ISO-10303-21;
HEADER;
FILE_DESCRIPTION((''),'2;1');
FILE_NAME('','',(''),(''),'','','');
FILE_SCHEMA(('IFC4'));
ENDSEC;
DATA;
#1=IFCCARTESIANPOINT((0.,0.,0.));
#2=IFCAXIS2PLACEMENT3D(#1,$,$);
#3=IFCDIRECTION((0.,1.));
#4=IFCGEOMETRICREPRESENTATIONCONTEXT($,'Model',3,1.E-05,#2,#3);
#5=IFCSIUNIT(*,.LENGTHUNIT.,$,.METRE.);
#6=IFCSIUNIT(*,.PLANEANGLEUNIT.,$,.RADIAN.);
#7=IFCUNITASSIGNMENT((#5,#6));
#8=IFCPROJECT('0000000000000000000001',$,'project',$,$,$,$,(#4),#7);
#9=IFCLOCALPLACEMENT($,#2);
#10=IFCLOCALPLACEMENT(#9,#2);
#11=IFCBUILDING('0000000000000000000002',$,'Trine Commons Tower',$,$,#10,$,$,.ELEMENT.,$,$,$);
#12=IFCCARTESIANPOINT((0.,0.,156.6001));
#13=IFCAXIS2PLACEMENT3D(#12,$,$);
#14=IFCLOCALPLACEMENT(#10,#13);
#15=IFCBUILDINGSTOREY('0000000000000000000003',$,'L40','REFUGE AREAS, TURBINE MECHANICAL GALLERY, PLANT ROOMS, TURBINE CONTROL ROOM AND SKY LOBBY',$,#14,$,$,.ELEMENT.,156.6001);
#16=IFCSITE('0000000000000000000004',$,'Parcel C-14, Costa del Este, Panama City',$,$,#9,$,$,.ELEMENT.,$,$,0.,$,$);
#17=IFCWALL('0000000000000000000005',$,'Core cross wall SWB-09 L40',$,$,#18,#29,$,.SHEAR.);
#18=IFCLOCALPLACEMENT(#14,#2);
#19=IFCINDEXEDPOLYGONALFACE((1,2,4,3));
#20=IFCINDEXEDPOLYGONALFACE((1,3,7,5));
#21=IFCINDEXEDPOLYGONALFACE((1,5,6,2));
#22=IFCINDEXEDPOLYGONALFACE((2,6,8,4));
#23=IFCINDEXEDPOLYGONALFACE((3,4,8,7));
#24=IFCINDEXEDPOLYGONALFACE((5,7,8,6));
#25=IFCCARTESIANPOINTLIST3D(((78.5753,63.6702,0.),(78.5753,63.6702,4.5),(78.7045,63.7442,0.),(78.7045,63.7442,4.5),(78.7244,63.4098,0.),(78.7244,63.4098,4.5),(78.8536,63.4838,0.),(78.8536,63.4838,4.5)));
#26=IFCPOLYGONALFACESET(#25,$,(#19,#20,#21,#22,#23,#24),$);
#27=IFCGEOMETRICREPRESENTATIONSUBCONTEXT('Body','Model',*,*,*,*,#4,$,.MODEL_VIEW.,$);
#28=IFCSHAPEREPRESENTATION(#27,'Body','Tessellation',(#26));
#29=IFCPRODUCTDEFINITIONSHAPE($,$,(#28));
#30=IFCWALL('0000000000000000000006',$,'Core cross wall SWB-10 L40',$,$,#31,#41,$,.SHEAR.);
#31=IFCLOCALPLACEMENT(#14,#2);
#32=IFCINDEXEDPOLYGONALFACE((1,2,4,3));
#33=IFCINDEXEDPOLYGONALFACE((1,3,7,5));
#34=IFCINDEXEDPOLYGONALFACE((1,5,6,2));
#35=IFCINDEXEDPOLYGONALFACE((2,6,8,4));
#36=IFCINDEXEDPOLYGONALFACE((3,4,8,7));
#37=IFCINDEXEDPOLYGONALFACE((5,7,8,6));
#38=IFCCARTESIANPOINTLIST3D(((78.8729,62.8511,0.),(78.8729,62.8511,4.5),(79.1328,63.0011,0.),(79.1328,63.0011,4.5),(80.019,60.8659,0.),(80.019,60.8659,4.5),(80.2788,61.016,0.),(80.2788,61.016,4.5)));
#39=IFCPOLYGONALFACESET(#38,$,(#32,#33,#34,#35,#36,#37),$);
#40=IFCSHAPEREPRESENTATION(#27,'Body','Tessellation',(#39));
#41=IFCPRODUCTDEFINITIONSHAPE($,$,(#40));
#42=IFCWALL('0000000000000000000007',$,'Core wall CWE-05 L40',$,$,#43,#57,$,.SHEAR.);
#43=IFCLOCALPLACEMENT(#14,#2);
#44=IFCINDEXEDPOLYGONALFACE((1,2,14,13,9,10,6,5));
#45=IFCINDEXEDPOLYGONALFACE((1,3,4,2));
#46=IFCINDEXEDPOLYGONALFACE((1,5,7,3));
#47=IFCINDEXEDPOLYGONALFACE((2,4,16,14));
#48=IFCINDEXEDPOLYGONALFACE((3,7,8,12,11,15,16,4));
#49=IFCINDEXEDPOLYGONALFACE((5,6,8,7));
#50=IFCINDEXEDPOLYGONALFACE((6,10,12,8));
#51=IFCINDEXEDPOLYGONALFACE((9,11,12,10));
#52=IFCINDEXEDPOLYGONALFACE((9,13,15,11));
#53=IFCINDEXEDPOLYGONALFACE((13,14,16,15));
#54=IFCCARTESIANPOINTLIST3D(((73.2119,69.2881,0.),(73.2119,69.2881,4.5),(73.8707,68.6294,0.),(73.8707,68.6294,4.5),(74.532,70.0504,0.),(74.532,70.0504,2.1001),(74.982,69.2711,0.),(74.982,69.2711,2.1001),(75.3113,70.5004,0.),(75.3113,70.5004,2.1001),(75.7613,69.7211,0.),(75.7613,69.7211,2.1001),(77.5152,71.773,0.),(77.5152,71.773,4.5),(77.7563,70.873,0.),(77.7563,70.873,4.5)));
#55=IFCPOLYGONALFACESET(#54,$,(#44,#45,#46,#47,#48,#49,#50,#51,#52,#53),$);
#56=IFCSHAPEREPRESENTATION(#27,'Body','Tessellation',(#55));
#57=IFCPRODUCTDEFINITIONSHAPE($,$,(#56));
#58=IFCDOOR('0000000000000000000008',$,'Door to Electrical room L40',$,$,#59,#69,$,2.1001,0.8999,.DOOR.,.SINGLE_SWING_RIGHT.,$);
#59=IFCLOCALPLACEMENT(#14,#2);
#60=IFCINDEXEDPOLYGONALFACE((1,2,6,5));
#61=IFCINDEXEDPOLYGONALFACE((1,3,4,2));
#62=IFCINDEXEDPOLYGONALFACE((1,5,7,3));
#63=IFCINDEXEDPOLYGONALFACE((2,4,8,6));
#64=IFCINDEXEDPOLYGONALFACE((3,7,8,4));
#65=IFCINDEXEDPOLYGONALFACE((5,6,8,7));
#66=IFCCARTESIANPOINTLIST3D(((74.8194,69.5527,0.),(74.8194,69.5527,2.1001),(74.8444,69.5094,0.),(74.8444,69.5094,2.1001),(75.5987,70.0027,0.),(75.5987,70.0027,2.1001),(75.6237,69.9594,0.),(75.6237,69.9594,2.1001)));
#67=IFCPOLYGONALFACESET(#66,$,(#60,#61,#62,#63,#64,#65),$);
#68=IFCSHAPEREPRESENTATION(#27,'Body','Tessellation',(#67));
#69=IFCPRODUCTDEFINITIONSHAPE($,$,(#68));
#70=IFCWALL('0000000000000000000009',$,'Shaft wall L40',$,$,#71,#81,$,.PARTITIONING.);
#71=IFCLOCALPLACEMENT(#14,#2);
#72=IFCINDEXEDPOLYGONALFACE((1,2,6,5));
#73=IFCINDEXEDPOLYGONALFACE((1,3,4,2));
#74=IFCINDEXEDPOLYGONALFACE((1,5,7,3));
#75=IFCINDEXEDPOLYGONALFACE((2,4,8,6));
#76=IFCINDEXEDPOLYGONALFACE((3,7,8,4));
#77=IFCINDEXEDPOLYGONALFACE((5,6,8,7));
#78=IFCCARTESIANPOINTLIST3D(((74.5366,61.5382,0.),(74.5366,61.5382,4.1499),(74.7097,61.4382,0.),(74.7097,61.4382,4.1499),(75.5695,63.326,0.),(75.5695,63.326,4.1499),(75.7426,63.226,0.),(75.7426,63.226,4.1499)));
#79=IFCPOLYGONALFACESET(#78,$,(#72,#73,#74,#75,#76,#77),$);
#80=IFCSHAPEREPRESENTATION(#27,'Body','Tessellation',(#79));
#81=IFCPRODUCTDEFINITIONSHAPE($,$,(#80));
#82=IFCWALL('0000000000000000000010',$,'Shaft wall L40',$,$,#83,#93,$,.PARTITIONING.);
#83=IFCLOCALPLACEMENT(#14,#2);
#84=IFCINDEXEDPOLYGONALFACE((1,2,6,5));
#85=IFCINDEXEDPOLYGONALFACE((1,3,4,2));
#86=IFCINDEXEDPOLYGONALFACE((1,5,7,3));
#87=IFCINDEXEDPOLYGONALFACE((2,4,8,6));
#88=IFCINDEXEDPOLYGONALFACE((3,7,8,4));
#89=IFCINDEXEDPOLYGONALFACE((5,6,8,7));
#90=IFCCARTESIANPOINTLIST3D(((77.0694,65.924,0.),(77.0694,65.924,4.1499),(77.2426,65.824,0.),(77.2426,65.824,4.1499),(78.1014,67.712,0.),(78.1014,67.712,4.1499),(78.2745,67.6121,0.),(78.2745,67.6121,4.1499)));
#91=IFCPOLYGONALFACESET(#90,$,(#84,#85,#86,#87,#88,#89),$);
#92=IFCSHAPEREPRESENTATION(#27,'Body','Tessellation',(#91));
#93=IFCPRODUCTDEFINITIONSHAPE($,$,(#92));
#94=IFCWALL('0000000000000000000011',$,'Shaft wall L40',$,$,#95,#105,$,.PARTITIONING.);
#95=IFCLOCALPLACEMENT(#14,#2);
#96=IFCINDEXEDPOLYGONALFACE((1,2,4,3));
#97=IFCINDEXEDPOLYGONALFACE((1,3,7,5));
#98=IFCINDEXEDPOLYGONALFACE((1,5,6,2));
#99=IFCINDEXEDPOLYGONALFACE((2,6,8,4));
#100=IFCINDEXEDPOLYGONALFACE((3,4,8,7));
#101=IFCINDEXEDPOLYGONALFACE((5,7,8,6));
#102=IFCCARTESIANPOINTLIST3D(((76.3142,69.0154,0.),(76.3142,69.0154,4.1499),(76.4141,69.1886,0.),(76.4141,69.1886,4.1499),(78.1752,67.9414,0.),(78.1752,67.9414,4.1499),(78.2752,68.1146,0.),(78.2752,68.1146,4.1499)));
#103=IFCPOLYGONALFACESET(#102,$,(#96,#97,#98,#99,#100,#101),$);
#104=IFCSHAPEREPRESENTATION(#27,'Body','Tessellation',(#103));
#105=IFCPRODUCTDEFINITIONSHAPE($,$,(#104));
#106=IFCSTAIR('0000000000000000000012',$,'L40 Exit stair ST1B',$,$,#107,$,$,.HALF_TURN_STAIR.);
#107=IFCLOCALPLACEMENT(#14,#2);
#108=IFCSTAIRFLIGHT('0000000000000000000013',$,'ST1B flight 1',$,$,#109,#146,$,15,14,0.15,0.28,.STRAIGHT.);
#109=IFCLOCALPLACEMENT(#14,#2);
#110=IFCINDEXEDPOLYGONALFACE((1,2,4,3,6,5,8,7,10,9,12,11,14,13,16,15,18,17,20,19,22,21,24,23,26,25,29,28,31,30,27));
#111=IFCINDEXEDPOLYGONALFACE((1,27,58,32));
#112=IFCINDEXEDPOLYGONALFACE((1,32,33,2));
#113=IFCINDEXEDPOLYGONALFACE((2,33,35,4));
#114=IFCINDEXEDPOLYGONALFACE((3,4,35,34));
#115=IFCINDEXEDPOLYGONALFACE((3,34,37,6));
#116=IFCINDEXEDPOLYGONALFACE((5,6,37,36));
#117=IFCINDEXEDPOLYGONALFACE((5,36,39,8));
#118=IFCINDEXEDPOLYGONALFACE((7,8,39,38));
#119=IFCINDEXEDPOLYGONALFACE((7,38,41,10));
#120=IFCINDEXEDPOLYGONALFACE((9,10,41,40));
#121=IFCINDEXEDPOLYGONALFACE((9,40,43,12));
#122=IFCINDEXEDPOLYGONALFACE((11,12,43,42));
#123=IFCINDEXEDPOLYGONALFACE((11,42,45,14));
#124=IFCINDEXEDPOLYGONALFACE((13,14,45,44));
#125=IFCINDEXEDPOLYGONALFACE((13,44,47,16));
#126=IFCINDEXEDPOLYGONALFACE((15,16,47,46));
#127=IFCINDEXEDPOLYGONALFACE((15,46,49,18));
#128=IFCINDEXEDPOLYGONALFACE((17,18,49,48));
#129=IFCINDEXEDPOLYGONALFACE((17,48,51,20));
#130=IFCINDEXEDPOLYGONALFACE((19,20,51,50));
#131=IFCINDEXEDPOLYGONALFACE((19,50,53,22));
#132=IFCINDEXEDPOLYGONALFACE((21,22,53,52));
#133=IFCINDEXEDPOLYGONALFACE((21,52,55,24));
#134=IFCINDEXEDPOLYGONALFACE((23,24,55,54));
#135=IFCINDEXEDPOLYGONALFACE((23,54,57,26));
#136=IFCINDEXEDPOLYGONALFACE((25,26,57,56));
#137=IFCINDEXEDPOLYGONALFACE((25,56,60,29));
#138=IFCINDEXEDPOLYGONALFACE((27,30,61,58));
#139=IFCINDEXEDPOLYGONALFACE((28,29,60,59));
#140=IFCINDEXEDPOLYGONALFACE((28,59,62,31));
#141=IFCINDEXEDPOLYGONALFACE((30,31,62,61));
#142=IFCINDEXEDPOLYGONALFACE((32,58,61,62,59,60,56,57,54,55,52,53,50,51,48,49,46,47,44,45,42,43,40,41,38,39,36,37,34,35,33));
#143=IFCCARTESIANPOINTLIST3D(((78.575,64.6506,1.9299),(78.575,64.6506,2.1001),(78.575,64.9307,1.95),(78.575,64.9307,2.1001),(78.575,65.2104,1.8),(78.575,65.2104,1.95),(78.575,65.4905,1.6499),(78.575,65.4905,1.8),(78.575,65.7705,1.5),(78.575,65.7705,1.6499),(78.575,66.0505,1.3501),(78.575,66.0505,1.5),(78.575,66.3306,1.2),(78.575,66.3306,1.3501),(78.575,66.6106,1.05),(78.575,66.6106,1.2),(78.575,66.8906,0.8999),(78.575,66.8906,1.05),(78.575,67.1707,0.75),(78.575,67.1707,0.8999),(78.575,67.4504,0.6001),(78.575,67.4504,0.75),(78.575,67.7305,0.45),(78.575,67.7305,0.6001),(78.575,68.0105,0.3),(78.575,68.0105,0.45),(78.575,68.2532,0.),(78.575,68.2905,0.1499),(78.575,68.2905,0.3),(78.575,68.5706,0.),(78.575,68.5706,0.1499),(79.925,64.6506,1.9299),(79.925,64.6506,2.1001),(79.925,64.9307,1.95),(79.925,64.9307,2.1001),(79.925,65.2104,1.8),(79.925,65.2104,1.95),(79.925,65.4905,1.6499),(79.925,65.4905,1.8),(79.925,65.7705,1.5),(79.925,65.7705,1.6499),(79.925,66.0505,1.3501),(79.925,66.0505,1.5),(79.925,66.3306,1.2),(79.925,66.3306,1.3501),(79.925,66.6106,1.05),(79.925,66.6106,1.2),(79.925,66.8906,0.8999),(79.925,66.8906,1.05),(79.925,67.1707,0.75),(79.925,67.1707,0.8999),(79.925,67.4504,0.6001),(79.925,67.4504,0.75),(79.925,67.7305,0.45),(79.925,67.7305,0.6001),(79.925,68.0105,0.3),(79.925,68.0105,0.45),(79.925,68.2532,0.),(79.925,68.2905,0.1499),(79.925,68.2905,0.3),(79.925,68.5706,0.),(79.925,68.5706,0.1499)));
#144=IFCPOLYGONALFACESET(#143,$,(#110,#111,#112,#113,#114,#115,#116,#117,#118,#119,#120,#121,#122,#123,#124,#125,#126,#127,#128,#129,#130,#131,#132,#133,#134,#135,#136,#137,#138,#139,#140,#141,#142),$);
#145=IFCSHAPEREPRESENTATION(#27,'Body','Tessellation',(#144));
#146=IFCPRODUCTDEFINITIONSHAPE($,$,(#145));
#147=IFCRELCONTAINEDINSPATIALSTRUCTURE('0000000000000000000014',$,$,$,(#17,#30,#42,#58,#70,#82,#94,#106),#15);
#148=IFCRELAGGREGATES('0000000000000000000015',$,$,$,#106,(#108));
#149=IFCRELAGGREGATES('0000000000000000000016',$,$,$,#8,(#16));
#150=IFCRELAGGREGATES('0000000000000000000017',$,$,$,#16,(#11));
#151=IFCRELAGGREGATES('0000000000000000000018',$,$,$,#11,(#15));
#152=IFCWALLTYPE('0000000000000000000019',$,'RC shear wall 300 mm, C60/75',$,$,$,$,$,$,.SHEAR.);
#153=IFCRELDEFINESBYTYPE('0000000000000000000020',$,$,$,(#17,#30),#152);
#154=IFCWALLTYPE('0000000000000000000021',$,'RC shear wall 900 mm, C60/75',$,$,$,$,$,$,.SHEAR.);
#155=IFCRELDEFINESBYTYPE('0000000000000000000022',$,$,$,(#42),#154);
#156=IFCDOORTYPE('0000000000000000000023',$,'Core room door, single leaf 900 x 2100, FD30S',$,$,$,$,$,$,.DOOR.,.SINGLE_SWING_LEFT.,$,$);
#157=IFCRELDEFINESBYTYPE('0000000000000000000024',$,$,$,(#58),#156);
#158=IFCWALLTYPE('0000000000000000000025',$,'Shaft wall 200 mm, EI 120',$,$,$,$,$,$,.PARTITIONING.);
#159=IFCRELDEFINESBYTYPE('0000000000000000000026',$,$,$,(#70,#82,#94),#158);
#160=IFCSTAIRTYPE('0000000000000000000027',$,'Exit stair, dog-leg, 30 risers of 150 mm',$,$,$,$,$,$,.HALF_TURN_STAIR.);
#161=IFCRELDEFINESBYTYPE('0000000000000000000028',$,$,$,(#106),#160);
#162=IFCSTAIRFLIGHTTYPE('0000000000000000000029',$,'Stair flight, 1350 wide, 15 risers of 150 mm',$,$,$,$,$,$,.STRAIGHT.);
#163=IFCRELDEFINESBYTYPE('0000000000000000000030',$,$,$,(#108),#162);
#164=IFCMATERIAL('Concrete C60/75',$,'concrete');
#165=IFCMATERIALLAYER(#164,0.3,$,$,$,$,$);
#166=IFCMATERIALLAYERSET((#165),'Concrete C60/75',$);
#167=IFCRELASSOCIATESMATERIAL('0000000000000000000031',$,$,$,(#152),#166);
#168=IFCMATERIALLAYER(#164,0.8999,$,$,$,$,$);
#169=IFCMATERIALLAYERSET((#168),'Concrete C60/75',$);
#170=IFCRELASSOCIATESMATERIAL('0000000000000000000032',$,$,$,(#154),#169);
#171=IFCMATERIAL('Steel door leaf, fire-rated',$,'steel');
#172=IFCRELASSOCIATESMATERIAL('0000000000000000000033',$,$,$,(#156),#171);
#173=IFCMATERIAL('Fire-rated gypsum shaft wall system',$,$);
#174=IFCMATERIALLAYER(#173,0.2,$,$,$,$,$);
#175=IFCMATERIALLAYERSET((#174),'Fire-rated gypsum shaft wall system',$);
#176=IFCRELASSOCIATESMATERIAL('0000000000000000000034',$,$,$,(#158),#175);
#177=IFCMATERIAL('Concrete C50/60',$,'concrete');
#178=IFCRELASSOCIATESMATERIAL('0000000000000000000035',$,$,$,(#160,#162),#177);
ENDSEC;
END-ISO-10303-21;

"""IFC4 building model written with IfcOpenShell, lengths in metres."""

from ifc_helpers import new_model, si_unit, direction, frame, frame_2d, origin, place, context, subcontext, project, spatial, polyline, rectangle, outline, extrude, material, layer, layer_set, type_object, element, fill, aggregate, save


model = new_model("IFC4")

# Units and contexts
model_context = context("Model", 3, precision=1e-05, world=origin(), true_north=direction((0.0, 1.0)))
body_context = subcontext(model_context, "Body", "Model", "MODEL_VIEW")
ifc_project = project(units=[si_unit("LENGTHUNIT", "METRE"), si_unit("PLANEANGLEUNIT", "RADIAN")], contexts=[model_context])

# Site, building, storey
site_placement = place(None, origin())
site = spatial("IfcSite", under=ifc_project, at=site_placement, Name="Parcel C-14, Costa del Este, Panama City", CompositionType="ELEMENT", RefElevation=0.0)
building_placement = place(site_placement, origin())
building = spatial("IfcBuilding", under=site, at=building_placement, Name="Trine Commons Tower", CompositionType="ELEMENT")
storey_placement = place(building_placement, frame((0.0, 0.0, 156.6001)))
storey = spatial("IfcBuildingStorey", under=building, at=storey_placement, Name="L40", Description="REFUGE AREAS, TURBINE MECHANICAL GALLERY, PLANT ROOMS, TURBINE CONTROL ROOM AND SKY LOBBY", CompositionType="ELEMENT", Elevation=156.6001)

# Shared definitions
ifc_material_1 = material(Name="Fire-rated gypsum shaft wall system")
ifc_material_2 = material(Name="Steel door leaf, fire-rated", Category="steel")
ifc_material_3 = material(Name="Concrete C60/75", Category="concrete")
ifc_layer_1 = layer(ifc_material_3, 0.3)
ifc_layer_set_1 = layer_set([ifc_layer_1], Name="Concrete C60/75")
wall_type_1 = type_object("IfcWallType", Name="RC shear wall 300 mm, C60/75", PredefinedType="SHEAR", material=ifc_layer_set_1)

# Walls
wall_1_placement = place(storey_placement, frame((78.7791, 63.614, 0.0), z_axis=(0.0, 0.0, 1.0), x_axis=(-0.867738, -0.497022, 0.0)))
element("IfcWall", 1, at=wall_1_placement, inside=storey, type_object=wall_type_1, Name="Core cross wall SWB-09 L40", PredefinedType="SHEAR", context=body_context, shape_type="SweptSolid", body=[
    extrude(rectangle(XDim=0.1489, YDim=0.3, at=frame_2d((0.0745, 0.0))), origin(), (0.0, 0.0, 1.0), 4.5),
])
wall_2_placement = place(storey_placement, frame((79.0029, 62.926, 0.0), z_axis=(0.0, 0.0, 1.0), x_axis=(0.499965, -0.866045, 0.0)))
element("IfcWall", 2, at=wall_2_placement, inside=storey, type_object=wall_type_1, Name="Core cross wall SWB-10 L40", PredefinedType="SHEAR", context=body_context, shape_type="SweptSolid", body=[
    extrude(rectangle(XDim=2.2922, YDim=0.3, at=frame_2d((1.146, 0.0))), origin(), (0.0, 0.0, 1.0), 4.5),
])

# Wall, opening, door
ifc_layer_2 = layer(ifc_material_3, 0.8999)
ifc_layer_set_2 = layer_set([ifc_layer_2], Name="Concrete C60/75")
wall_type_2 = type_object("IfcWallType", Name="RC shear wall 900 mm, C60/75", PredefinedType="SHEAR", material=ifc_layer_set_2)
wall_3_placement = place(storey_placement, frame((77.7402, 71.3833, 0.0), z_axis=(0.0, 0.0, 1.0), x_axis=(-0.866003, -0.500039, 0.0)))
wall_3 = element("IfcWall", 3, at=wall_3_placement, inside=storey, type_object=wall_type_2, Name="Core wall CWE-05 L40", PredefinedType="SHEAR", context=body_context, shape_type="SweptSolid", body=[
    extrude(outline(polyline([(0.0, -0.45), (4.9692, -0.45), (4.728, 0.45), (0.2412, 0.45), (0.0, -0.45)])), origin(), (0.0, 0.0, 1.0), 4.5),
])
opening_1_placement = place(wall_3_placement, frame((2.5449, 0.0, 0.0)))
opening_1 = element("IfcOpeningElement", 4, at=opening_1_placement, cuts=wall_3, PredefinedType="OPENING", context=body_context, shape_type="SweptSolid", body=[
    extrude(rectangle(XDim=0.8999, YDim=2.1001, at=frame_2d((0.45, 1.05))), frame((0.0, 0.46, 0.0), z_axis=(0.0, -1.0, 0.0), x_axis=(1.0, 0.0, 0.0)), (0.0, 0.0, 1.0), 0.9199),
])
door_type_1 = type_object("IfcDoorType", Name="Core room door, single leaf 900 x 2100, FD30S", OperationType="SINGLE_SWING_LEFT", PredefinedType="DOOR", material=ifc_material_2)
door_1_placement = place(opening_1_placement, origin())
door_1 = element("IfcDoor", 5, at=door_1_placement, inside=storey, type_object=door_type_1, Name="Door to Electrical room L40", OperationType="SINGLE_SWING_RIGHT", OverallHeight=2.1001, OverallWidth=0.8999, PredefinedType="DOOR", context=body_context, shape_type="SweptSolid", body=[
    extrude(rectangle(XDim=0.8999, YDim=2.1001, at=frame_2d((0.45, 1.05))), frame((0.0, 0.1748, 0.0), z_axis=(0.0, -1.0, 0.0), x_axis=(1.0, 0.0, 0.0)), (0.0, 0.0, 1.0), 0.05),
])
fill(opening_1, door_1)

# Walls
ifc_layer_3 = layer(ifc_material_1, 0.2)
ifc_layer_set_3 = layer_set([ifc_layer_3], Name="Fire-rated gypsum shaft wall system")
wall_type_3 = type_object("IfcWallType", Name="Shaft wall 200 mm, EI 120", PredefinedType="PARTITIONING", material=ifc_layer_set_3)
wall_4_placement = place(storey_placement, frame((75.656, 63.2759, 0.0), z_axis=(0.0, 0.0, 1.0), x_axis=(-0.500272, -0.865868, 0.0)))
element("IfcWall", 6, at=wall_4_placement, inside=storey, type_object=wall_type_3, Name="Shaft wall L40", PredefinedType="PARTITIONING", context=body_context, shape_type="SweptSolid", body=[
    extrude(rectangle(XDim=2.0647, YDim=0.2, at=frame_2d((1.0322, 0.0))), origin(), (0.0, 0.0, 1.0), 4.1499),
])
wall_5_placement = place(storey_placement, frame((77.156, 65.874, 0.0), z_axis=(0.0, 0.0, 1.0), x_axis=(0.499866, 0.866103, 0.0)))
element("IfcWall", 7, at=wall_5_placement, inside=storey, type_object=wall_type_3, Name="Shaft wall L40", PredefinedType="PARTITIONING", context=body_context, shape_type="SweptSolid", body=[
    extrude(rectangle(XDim=2.0645, YDim=0.2, at=frame_2d((1.0322, 0.0))), origin(), (0.0, 0.0, 1.0), 4.1499),
])
wall_6_placement = place(storey_placement, frame((78.2251, 68.0281, 0.0), z_axis=(0.0, 0.0, 1.0), x_axis=(-0.866131, 0.499818, 0.0)))
element("IfcWall", 8, at=wall_6_placement, inside=storey, type_object=wall_type_3, Name="Shaft wall L40", PredefinedType="PARTITIONING", context=body_context, shape_type="SweptSolid", body=[
    extrude(rectangle(XDim=2.1487, YDim=0.2, at=frame_2d((1.0742, 0.0))), origin(), (0.0, 0.0, 1.0), 4.1499),
])

# Stair, stair flight
ifc_material_4 = material(Name="Concrete C50/60", Category="concrete")
stair_type = type_object("IfcStairType", Name="Exit stair, dog-leg, 30 risers of 150 mm", PredefinedType="HALF_TURN_STAIR", material=ifc_material_4)
stair_placement = place(storey_placement, origin())
stair = element("IfcStair", 9, at=stair_placement, inside=storey, type_object=stair_type, Name="L40 Exit stair ST1B", PredefinedType="HALF_TURN_STAIR")
stair_flight_type = type_object("IfcStairFlightType", Name="Stair flight, 1350 wide, 15 risers of 150 mm", PredefinedType="STRAIGHT", material=ifc_material_4)
stair_flight_placement = place(storey_placement, frame((79.25, 68.5706, 0.0), z_axis=(0.0, 0.0, 1.0), x_axis=(0.0, -1.0, 0.0)))
stair_flight = element("IfcStairFlight", 10, at=stair_flight_placement, type_object=stair_flight_type, Name="ST1B flight 1", NumberOfRisers=15, NumberOfTreads=14, PredefinedType="STRAIGHT", RiserHeight=0.15, TreadLength=0.28, context=body_context, shape_type="SweptSolid", body=[
    extrude(outline(polyline([(0.0, 0.0), (0.0, 0.1499), (0.28, 0.1499), (0.28, 0.3), (0.5601, 0.3), (0.5601, 0.45), (0.8401, 0.45), (0.8401, 0.6001), (1.1201, 0.6001), (1.1201, 0.75), (1.3999, 0.75), (1.3999, 0.8999), (1.6799, 0.8999), (1.6799, 1.05), (1.96, 1.05), (1.96, 1.2), (2.24, 1.2), (2.24, 1.3501), (2.52, 1.3501), (2.52, 1.5), (2.8, 1.5), (2.8, 1.6499), (3.0801, 1.6499), (3.0801, 1.8), (3.3601, 1.8), (3.3601, 1.95), (3.6399, 1.95), (3.6399, 2.1001), (3.9199, 2.1001), (3.9199, 2.25), (3.9199, 1.9299), (0.3174, 0.0), (0.0, 0.0)])), frame((0.0, 0.675, 0.0), z_axis=(0.0, -1.0, 0.0), x_axis=(1.0, 0.0, 0.0)), (0.0, 0.0, 1.0), 1.3501),
])
aggregate(stair, [stair_flight])

save(model, "model.ifc")
